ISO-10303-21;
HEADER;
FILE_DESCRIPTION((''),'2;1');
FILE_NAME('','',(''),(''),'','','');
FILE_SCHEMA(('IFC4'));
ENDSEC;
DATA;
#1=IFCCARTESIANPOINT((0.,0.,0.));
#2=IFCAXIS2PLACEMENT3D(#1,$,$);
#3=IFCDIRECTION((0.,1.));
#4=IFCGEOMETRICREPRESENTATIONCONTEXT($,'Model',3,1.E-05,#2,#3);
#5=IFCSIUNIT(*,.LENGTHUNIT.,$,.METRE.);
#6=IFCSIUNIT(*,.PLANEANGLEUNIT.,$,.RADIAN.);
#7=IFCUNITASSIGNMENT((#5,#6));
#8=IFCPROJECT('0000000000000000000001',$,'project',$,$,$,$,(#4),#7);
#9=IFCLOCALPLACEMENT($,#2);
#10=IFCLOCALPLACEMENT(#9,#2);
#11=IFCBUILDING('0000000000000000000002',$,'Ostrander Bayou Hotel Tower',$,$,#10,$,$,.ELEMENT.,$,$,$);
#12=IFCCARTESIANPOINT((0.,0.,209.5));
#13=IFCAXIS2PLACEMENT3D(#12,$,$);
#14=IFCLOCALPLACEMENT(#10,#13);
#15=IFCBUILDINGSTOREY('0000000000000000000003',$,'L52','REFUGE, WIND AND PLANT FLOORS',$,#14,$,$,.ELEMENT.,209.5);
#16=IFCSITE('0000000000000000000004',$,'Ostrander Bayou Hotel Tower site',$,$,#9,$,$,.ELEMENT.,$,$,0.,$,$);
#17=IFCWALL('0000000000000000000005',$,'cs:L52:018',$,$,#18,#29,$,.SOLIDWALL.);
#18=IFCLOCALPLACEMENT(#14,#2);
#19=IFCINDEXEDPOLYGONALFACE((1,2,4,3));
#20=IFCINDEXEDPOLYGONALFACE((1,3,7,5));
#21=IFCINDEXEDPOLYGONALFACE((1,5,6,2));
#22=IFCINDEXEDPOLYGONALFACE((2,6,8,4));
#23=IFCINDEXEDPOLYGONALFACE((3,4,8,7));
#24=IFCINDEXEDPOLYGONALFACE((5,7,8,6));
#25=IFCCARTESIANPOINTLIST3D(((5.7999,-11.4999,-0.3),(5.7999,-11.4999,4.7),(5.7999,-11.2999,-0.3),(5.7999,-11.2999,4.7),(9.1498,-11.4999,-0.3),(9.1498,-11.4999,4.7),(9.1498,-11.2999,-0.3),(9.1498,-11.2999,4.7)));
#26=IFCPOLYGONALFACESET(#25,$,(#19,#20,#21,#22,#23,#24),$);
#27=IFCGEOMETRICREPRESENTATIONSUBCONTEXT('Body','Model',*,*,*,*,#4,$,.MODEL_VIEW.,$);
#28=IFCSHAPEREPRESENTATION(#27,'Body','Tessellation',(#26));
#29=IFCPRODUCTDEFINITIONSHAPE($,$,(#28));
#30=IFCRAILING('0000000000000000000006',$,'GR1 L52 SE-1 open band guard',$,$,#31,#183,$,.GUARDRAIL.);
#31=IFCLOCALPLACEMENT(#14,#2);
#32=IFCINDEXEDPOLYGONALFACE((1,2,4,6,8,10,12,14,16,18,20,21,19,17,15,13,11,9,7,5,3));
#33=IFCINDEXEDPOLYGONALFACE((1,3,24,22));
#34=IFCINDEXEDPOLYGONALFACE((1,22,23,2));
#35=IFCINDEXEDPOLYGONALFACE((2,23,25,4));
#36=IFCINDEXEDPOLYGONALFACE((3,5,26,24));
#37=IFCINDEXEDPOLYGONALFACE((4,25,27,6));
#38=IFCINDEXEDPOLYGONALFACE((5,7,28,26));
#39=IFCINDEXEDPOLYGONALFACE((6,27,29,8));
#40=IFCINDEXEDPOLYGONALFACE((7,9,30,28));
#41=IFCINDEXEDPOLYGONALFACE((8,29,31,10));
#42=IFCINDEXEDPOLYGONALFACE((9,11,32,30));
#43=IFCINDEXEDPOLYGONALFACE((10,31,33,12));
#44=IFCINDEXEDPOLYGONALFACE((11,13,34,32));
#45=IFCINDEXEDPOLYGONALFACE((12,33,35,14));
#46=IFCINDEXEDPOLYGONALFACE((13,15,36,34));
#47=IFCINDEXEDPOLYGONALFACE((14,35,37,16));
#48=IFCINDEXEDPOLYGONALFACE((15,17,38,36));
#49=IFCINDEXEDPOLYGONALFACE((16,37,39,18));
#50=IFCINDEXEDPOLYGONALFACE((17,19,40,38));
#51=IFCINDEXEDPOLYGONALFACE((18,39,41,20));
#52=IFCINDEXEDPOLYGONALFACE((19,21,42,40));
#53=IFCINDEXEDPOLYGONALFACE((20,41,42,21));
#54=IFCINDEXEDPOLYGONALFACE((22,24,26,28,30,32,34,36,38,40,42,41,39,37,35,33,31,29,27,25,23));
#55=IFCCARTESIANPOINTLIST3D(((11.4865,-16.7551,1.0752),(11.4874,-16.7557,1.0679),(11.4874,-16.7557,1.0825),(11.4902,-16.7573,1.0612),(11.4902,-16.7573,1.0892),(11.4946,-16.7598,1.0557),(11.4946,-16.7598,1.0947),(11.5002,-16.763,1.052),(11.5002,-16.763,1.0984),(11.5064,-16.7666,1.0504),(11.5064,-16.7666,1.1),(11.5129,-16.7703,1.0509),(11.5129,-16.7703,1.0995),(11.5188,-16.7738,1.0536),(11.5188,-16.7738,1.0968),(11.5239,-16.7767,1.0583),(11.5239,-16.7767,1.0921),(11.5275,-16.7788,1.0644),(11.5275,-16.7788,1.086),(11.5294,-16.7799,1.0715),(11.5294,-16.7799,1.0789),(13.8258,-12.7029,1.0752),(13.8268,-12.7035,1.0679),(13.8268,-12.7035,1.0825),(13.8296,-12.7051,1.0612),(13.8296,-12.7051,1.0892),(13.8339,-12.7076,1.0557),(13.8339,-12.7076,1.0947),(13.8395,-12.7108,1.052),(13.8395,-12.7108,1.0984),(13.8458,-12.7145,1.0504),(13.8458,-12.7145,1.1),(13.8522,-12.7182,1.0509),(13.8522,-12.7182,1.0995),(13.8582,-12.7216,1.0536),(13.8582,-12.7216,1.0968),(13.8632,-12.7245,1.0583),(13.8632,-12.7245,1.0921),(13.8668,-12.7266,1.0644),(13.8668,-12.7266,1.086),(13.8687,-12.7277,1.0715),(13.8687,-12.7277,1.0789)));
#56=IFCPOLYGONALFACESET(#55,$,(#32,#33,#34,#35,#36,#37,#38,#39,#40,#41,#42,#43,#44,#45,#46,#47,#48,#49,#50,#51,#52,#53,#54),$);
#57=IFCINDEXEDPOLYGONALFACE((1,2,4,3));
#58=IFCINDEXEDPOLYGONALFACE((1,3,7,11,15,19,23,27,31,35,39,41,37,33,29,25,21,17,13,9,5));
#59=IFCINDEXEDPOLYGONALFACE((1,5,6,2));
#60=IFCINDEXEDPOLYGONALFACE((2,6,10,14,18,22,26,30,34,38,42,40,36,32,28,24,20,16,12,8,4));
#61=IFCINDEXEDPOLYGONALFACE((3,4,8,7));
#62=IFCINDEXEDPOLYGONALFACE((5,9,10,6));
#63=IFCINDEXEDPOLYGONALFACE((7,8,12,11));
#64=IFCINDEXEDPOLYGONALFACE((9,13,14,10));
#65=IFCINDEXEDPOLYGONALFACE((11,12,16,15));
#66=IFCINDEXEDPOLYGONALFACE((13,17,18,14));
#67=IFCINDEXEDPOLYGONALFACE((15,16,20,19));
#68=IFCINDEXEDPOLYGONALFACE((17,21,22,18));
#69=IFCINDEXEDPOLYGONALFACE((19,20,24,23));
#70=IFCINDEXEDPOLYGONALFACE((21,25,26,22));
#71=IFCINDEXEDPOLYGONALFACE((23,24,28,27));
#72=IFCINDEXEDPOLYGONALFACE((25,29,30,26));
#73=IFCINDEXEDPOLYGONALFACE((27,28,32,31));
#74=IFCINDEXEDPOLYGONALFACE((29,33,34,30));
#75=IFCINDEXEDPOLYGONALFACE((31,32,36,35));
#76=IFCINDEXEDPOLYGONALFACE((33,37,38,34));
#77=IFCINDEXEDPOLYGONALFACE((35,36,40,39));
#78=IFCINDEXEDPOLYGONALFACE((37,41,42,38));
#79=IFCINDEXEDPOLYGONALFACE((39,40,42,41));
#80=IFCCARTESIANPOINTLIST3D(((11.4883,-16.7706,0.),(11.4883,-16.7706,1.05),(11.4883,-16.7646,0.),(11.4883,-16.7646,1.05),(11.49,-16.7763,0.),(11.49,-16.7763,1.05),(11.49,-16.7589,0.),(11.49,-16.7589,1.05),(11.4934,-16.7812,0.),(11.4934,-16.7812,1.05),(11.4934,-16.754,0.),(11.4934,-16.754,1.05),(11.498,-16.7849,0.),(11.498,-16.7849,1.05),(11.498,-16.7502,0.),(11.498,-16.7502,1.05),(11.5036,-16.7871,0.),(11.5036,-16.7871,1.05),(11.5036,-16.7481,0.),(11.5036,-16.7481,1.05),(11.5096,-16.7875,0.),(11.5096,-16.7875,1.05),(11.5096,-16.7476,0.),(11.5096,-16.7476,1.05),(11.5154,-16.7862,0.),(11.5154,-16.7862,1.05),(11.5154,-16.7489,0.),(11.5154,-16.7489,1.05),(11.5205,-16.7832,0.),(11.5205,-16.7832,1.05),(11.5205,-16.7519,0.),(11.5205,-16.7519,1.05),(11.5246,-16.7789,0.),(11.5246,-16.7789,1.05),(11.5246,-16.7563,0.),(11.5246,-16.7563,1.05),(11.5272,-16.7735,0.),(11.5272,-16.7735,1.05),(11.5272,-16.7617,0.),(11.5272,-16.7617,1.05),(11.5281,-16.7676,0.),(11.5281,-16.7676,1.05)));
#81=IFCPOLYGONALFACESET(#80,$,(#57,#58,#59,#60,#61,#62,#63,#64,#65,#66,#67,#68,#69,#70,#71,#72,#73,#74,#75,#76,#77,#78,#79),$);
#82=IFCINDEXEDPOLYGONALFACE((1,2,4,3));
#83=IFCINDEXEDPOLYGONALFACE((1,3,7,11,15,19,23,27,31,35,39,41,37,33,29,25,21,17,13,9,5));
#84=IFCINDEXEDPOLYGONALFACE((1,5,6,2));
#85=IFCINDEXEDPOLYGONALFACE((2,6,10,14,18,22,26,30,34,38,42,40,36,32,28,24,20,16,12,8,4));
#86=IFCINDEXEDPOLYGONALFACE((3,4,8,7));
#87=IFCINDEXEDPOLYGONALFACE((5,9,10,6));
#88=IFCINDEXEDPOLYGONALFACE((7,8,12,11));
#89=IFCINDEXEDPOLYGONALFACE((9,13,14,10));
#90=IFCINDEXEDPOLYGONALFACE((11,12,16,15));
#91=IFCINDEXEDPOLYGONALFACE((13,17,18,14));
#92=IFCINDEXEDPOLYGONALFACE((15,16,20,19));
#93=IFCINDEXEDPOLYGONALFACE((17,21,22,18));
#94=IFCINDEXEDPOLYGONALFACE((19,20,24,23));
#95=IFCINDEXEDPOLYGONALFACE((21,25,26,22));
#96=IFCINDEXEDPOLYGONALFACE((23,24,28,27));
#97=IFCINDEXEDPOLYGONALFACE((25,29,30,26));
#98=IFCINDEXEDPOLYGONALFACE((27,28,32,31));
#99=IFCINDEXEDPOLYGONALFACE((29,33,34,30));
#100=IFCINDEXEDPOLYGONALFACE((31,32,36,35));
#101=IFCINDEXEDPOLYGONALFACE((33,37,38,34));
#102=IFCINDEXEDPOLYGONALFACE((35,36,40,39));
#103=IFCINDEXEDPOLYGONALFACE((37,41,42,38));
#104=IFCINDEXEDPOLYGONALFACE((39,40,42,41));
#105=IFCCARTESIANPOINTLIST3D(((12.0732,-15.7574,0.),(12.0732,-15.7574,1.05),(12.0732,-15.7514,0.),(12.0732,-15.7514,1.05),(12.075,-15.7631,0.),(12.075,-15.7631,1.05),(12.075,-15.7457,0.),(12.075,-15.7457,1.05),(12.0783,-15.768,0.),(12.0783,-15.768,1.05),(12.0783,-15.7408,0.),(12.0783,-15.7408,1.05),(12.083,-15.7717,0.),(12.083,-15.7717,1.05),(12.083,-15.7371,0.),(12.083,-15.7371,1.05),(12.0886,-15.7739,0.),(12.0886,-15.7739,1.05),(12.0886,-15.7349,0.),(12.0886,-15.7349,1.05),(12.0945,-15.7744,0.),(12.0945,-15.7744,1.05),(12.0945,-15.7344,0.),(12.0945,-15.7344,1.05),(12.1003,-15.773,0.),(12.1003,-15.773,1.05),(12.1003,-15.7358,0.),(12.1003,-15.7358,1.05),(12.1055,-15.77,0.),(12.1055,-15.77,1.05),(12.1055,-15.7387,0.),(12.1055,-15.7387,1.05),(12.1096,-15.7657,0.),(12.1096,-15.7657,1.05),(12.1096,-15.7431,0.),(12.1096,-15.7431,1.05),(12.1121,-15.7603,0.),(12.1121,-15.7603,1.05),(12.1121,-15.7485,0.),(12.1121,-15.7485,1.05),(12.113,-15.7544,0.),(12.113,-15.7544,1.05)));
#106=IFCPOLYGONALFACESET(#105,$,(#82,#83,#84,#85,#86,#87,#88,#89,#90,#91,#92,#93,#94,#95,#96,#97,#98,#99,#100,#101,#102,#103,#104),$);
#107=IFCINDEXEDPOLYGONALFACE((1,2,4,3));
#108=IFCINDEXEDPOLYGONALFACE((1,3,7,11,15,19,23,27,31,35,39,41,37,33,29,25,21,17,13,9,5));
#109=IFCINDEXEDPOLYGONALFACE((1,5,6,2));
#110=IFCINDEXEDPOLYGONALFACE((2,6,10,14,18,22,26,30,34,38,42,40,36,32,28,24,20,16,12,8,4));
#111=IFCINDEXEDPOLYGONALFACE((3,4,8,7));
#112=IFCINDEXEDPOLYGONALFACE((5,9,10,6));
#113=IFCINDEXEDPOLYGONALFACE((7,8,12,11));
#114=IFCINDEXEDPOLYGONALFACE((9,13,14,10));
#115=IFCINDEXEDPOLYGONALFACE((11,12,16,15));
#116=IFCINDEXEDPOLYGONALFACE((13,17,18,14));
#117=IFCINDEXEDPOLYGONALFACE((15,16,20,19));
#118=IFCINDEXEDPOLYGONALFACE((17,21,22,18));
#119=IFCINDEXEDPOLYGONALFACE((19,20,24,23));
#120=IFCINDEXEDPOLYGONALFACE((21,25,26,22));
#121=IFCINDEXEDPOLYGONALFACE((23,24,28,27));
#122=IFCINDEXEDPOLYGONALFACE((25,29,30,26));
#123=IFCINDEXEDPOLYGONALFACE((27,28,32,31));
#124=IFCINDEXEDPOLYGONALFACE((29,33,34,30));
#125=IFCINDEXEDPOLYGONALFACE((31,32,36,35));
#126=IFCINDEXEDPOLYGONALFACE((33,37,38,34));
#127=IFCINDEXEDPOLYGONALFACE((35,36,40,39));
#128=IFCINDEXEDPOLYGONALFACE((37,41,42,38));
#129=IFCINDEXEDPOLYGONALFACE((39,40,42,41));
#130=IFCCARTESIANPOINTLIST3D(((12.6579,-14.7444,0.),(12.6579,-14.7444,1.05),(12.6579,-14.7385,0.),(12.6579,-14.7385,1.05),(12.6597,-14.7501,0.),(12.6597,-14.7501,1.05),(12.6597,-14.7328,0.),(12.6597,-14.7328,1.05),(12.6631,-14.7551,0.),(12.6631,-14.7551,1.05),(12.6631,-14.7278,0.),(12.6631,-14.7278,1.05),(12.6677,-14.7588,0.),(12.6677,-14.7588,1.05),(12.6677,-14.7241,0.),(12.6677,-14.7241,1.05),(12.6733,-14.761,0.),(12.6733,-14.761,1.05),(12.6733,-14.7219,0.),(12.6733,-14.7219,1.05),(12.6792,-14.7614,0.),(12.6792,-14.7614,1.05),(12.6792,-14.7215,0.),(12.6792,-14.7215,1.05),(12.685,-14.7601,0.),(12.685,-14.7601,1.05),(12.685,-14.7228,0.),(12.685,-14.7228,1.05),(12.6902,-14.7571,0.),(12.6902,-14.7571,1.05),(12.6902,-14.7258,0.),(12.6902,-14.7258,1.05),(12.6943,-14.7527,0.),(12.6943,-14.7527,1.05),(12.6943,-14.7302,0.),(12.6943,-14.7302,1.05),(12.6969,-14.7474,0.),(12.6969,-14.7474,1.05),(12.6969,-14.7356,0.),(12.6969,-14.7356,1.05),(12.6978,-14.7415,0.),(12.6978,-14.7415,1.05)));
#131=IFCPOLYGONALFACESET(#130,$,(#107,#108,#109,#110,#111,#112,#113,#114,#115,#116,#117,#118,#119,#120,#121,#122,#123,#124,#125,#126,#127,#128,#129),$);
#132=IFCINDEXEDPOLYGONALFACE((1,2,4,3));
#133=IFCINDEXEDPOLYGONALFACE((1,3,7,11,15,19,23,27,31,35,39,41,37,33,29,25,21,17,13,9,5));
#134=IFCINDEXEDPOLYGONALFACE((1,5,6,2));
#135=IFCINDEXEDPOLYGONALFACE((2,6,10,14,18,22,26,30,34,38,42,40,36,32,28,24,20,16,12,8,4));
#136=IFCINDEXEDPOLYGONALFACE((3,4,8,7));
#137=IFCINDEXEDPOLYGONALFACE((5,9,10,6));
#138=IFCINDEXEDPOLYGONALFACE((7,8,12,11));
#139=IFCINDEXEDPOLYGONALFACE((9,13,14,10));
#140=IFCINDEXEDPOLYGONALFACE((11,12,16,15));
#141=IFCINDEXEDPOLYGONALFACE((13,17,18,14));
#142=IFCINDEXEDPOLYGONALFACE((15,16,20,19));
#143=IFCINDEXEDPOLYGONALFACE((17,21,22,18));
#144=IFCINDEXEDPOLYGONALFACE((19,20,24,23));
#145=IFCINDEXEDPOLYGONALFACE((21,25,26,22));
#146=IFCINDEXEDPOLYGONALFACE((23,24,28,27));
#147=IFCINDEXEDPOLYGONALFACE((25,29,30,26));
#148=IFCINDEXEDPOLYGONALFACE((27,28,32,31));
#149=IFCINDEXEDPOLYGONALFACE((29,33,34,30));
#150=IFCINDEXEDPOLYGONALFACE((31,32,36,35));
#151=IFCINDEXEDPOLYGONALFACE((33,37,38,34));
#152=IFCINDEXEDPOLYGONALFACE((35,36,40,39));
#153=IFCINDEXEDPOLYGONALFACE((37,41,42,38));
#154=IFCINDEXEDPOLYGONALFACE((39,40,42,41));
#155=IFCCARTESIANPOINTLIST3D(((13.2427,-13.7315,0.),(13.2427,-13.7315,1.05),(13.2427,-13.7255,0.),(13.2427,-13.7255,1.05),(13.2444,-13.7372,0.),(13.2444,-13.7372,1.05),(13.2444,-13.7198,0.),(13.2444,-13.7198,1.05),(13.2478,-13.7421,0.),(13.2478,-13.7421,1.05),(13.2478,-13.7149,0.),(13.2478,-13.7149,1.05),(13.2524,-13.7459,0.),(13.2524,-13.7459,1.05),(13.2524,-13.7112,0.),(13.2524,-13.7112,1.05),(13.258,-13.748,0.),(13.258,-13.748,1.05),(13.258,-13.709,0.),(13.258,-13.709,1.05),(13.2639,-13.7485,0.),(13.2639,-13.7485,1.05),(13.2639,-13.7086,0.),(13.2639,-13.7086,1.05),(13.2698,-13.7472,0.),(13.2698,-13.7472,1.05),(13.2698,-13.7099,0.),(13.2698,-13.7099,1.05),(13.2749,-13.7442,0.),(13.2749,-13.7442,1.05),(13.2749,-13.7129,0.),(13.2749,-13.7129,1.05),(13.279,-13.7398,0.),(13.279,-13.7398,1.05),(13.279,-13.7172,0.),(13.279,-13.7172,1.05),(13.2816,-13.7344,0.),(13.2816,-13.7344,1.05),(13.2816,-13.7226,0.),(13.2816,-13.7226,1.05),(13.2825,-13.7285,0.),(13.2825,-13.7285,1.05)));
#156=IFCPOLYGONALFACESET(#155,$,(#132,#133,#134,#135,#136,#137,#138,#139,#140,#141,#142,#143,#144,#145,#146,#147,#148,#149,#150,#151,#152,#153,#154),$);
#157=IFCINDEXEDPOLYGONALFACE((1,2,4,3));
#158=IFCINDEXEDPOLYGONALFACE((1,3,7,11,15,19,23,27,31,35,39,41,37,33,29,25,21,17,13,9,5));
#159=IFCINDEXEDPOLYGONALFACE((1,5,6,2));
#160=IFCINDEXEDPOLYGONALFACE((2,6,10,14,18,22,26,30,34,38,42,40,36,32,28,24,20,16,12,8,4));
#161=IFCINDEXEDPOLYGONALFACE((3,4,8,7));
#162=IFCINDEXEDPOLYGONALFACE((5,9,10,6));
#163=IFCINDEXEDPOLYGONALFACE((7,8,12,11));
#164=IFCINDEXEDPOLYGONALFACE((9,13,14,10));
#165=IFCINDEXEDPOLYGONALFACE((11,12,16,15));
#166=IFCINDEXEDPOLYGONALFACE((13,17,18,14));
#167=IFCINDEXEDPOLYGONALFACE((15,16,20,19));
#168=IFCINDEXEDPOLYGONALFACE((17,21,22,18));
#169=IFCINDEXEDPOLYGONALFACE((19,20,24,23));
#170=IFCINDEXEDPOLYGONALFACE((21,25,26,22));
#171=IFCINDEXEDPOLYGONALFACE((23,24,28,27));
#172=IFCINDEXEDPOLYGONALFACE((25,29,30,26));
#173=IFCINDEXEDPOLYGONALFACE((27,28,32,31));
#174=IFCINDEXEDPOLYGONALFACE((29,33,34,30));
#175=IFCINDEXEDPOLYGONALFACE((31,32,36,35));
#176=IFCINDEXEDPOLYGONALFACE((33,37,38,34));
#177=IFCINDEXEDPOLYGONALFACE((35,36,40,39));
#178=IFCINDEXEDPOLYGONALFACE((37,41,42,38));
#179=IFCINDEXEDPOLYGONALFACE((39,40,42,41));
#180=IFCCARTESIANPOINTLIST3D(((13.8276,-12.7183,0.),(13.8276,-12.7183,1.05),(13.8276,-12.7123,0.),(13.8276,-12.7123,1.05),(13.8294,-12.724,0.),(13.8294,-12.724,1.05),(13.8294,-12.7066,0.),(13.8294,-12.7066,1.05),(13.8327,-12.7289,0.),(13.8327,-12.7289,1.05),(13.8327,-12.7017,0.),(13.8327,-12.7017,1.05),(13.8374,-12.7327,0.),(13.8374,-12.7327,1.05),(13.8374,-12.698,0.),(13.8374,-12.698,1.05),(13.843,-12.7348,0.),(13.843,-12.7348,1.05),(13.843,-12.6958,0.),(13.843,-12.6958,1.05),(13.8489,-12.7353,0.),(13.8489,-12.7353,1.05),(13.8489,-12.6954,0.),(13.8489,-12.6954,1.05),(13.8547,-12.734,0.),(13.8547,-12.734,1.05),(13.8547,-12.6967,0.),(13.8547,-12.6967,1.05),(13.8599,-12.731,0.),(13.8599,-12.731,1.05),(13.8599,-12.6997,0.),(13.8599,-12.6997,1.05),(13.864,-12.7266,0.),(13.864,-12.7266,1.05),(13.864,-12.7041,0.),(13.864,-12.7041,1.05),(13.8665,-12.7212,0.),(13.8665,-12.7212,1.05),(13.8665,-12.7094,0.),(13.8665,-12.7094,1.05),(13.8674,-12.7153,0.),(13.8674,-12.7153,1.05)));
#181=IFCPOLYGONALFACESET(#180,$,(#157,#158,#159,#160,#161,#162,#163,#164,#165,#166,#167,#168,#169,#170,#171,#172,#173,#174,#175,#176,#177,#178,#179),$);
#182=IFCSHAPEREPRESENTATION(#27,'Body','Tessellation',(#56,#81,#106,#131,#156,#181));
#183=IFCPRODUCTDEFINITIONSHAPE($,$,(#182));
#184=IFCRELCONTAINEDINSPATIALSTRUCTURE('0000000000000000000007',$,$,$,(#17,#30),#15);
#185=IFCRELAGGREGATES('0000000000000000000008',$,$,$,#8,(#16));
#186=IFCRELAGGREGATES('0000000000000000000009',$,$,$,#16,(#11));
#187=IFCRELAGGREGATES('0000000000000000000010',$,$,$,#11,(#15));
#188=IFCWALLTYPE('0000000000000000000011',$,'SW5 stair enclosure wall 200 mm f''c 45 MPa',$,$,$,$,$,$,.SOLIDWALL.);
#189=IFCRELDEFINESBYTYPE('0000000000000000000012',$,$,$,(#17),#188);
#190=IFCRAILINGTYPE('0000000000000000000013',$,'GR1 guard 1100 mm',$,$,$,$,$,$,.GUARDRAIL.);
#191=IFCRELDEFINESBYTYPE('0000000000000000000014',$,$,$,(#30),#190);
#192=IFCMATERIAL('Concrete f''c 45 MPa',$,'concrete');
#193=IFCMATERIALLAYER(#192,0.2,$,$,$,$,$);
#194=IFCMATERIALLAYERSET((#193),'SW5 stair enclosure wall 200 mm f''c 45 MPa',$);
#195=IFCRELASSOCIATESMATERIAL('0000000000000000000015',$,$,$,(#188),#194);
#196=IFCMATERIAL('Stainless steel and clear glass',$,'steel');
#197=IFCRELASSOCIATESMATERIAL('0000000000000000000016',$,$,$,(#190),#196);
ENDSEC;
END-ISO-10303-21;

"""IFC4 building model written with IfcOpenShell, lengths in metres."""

from ifc_helpers import new_model, si_unit, direction, frame, frame_2d, origin, origin_2d, place, context, subcontext, project, spatial, rectangle, circle, extrude, material, layer, layer_set, type_object, element, save


model = new_model("IFC4")

# Units and contexts
model_context = context("Model", 3, precision=1e-05, world=origin(), true_north=direction((0.0, 1.0)))
body_context = subcontext(model_context, "Body", "Model", "MODEL_VIEW")
ifc_project = project(units=[si_unit("LENGTHUNIT", "METRE"), si_unit("PLANEANGLEUNIT", "RADIAN")], contexts=[model_context])

# Site, building, storey
site_placement = place(None, origin())
site = spatial("IfcSite", under=ifc_project, at=site_placement, Name="Ostrander Bayou Hotel Tower site", CompositionType="ELEMENT", RefElevation=0.0)
building_placement = place(site_placement, origin())
building = spatial("IfcBuilding", under=site, at=building_placement, Name="Ostrander Bayou Hotel Tower", CompositionType="ELEMENT")
storey_placement = place(building_placement, frame((0.0, 0.0, 209.5)))
storey = spatial("IfcBuildingStorey", under=building, at=storey_placement, Name="L52", Description="REFUGE, WIND AND PLANT FLOORS", CompositionType="ELEMENT", Elevation=209.5)

# Wall
ifc_material_1 = material(Name="Concrete f'c 45 MPa", Category="concrete")
ifc_layer_1 = layer(ifc_material_1, 0.2)
ifc_layer_set_1 = layer_set([ifc_layer_1], Name="SW5 stair enclosure wall 200 mm f'c 45 MPa")
wall_type_1 = type_object("IfcWallType", Name="SW5 stair enclosure wall 200 mm f'c 45 MPa", PredefinedType="SOLIDWALL", material=ifc_layer_set_1)
wall_1_placement = place(storey_placement, frame((5.8, -11.3999, -0.3), z_axis=(0.0, 0.0, 1.0), x_axis=(1.0, 0.0, 0.0)))
element("IfcWall", 1, at=wall_1_placement, inside=storey, type_object=wall_type_1, Name="cs:L52:018", PredefinedType="SOLIDWALL", context=body_context, shape_type="SweptSolid", body=[
    extrude(rectangle(XDim=3.3499, YDim=0.2, at=frame_2d((1.6748, 0.0))), origin(), (0.0, 0.0, 1.0), 5.0),
])

# Railing
ifc_material_2 = material(Name="Stainless steel and clear glass", Category="steel")
railing_type = type_object("IfcRailingType", Name="GR1 guard 1100 mm", PredefinedType="GUARDRAIL", material=ifc_material_2)
railing_1_placement = place(storey_placement, frame((11.5081, -16.7676, 0.0)))
element("IfcRailing", 2, at=railing_1_placement, inside=storey, type_object=railing_type, Name="GR1 L52 SE-1 open band guard", PredefinedType="GUARDRAIL", context=body_context, shape_type="SweptSolid", body=[
    extrude(circle(Radius=0.0249, at=origin_2d()), frame((0.0, 0.0, 1.0752), z_axis=(0.499966, 0.866045, 0.0), x_axis=(-0.866045, 0.499966, 0.0)), (0.0, 0.0, 1.0), 4.679),
    extrude(circle(Radius=0.02, at=origin_2d()), origin(), (0.0, 0.0, 1.0), 1.05),
    extrude(circle(Radius=0.02, at=origin_2d()), frame((0.585, 1.0132, 0.0)), (0.0, 0.0, 1.0), 1.05),
    extrude(circle(Radius=0.02, at=origin_2d()), frame((1.1697, 2.0261, 0.0)), (0.0, 0.0, 1.0), 1.05),
    extrude(circle(Radius=0.02, at=origin_2d()), frame((1.7544, 3.0391, 0.0)), (0.0, 0.0, 1.0), 1.05),
    extrude(circle(Radius=0.02, at=origin_2d()), frame((2.3394, 4.0522, 0.0)), (0.0, 0.0, 1.0), 1.05),
])

save(model, "model.ifc")
